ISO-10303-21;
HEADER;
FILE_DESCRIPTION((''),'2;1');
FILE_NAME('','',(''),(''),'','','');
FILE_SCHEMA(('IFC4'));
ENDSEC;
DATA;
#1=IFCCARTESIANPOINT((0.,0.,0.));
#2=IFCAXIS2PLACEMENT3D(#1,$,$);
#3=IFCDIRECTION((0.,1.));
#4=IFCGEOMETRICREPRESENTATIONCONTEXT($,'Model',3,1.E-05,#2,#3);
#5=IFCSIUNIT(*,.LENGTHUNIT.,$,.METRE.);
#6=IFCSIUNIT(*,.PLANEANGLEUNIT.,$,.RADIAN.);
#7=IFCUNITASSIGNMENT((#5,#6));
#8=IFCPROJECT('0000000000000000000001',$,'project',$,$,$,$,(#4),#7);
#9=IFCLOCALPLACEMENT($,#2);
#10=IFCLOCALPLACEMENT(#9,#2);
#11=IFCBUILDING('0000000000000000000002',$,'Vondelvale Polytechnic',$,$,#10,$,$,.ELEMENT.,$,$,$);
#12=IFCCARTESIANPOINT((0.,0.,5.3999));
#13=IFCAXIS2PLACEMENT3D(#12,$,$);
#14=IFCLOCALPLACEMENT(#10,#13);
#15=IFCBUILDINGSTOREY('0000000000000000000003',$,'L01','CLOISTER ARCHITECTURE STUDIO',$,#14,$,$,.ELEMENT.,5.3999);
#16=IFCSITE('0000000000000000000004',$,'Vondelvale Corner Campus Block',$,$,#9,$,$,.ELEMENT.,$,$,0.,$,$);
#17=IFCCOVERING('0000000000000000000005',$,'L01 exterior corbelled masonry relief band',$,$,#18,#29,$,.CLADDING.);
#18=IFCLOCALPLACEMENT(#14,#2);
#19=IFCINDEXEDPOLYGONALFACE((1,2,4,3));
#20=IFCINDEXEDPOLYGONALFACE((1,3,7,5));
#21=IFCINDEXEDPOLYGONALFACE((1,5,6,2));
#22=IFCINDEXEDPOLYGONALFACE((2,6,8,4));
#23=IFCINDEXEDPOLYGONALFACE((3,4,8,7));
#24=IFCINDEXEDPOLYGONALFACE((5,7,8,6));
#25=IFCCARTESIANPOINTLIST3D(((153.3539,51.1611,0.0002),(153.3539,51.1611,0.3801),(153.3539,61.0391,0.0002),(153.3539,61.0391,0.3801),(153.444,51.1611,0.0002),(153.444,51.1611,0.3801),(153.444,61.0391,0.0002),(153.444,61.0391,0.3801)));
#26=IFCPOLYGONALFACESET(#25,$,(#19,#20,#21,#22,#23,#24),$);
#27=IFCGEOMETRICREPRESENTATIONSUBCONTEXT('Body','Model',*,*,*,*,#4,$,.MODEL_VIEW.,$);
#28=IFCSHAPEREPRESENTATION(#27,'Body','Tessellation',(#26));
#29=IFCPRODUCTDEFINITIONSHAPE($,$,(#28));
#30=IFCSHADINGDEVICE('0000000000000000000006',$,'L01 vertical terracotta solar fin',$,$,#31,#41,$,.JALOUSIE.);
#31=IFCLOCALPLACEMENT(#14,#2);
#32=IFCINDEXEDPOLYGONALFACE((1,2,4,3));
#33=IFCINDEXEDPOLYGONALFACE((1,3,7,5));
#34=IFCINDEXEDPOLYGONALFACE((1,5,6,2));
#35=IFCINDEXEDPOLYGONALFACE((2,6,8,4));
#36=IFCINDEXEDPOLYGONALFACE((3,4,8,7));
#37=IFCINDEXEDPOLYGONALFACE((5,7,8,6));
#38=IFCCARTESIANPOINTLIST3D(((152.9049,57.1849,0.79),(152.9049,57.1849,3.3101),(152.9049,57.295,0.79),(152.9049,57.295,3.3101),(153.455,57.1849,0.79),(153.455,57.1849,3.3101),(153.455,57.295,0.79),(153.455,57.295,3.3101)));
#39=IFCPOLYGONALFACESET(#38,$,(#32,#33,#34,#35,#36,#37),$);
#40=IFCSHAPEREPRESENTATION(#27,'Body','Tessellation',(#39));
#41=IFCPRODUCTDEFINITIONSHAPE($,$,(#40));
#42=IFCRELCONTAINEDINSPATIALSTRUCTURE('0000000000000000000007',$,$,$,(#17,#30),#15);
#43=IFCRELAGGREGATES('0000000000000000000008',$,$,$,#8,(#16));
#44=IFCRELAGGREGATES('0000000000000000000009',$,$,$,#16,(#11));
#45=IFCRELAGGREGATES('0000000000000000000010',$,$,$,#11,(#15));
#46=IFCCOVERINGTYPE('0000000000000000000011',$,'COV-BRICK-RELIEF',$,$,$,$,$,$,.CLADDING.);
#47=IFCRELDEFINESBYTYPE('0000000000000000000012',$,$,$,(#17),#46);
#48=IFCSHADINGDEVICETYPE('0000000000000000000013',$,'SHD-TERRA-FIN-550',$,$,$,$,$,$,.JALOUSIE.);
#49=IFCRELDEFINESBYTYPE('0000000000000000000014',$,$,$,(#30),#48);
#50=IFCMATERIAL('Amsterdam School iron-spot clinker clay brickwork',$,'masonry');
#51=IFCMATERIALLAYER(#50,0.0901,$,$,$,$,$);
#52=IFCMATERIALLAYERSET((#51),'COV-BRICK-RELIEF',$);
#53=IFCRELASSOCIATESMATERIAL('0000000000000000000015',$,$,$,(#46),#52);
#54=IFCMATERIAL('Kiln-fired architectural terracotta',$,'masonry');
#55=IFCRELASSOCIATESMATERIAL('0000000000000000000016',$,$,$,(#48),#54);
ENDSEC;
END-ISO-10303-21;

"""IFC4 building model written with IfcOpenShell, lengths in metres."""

from ifc_helpers import new_model, si_unit, direction, frame, origin, origin_2d, place, context, subcontext, project, spatial, rectangle, extrude, material, layer, layer_set, type_object, element, save


model = new_model("IFC4")

# Units and contexts
model_context = context("Model", 3, precision=1e-05, world=origin(), true_north=direction((0.0, 1.0)))
body_context = subcontext(model_context, "Body", "Model", "MODEL_VIEW")
ifc_project = project(units=[si_unit("LENGTHUNIT", "METRE"), si_unit("PLANEANGLEUNIT", "RADIAN")], contexts=[model_context])

# Site, building, storey
site_placement = place(None, origin())
site = spatial("IfcSite", under=ifc_project, at=site_placement, Name="Vondelvale Corner Campus Block", CompositionType="ELEMENT", RefElevation=0.0)
building_placement = place(site_placement, origin())
building = spatial("IfcBuilding", under=site, at=building_placement, Name="Vondelvale Polytechnic", CompositionType="ELEMENT")
storey_placement = place(building_placement, frame((0.0, 0.0, 5.3999)))
storey = spatial("IfcBuildingStorey", under=building, at=storey_placement, Name="L01", Description="CLOISTER ARCHITECTURE STUDIO", CompositionType="ELEMENT", Elevation=5.3999)

# Shared definitions
ifc_material_1 = material(Name="Kiln-fired architectural terracotta", Category="masonry")

# Shared definitions
ifc_material_2 = material(Name="Amsterdam School iron-spot clinker clay brickwork", Category="masonry")

# Covering
ifc_layer_1 = layer(ifc_material_2, 0.0901)
ifc_layer_set_1 = layer_set([ifc_layer_1], Name="COV-BRICK-RELIEF")
covering_type = type_object("IfcCoveringType", Name="COV-BRICK-RELIEF", PredefinedType="CLADDING", material=ifc_layer_set_1)
covering_placement = place(storey_placement, frame((153.3989, 56.1001, 0.0002), z_axis=(0.0, 0.0, 1.0), x_axis=(0.0, 1.0, 0.0)))
element("IfcCovering", 1, at=covering_placement, inside=storey, type_object=covering_type, Name="L01 exterior corbelled masonry relief band", PredefinedType="CLADDING", context=body_context, shape_type="SweptSolid", body=[
    extrude(rectangle(XDim=9.8779, YDim=0.0901, at=origin_2d()), origin(), (0.0, 0.0, 1.0), 0.3799),
])

# Shading device
shading_device_type = type_object("IfcShadingDeviceType", Name="SHD-TERRA-FIN-550", PredefinedType="JALOUSIE", material=ifc_material_1)
shading_device_placement = place(storey_placement, frame((153.1799, 57.24, 0.79), z_axis=(0.0, 0.0, 1.0), x_axis=(0.0, 1.0, 0.0)))
element("IfcShadingDevice", 2, at=shading_device_placement, inside=storey, type_object=shading_device_type, Name="L01 vertical terracotta solar fin", PredefinedType="JALOUSIE", context=body_context, shape_type="SweptSolid", body=[
    extrude(rectangle(XDim=0.1101, YDim=0.55, at=origin_2d()), origin(), (0.0, 0.0, 1.0), 2.52),
])

save(model, "model.ifc")
